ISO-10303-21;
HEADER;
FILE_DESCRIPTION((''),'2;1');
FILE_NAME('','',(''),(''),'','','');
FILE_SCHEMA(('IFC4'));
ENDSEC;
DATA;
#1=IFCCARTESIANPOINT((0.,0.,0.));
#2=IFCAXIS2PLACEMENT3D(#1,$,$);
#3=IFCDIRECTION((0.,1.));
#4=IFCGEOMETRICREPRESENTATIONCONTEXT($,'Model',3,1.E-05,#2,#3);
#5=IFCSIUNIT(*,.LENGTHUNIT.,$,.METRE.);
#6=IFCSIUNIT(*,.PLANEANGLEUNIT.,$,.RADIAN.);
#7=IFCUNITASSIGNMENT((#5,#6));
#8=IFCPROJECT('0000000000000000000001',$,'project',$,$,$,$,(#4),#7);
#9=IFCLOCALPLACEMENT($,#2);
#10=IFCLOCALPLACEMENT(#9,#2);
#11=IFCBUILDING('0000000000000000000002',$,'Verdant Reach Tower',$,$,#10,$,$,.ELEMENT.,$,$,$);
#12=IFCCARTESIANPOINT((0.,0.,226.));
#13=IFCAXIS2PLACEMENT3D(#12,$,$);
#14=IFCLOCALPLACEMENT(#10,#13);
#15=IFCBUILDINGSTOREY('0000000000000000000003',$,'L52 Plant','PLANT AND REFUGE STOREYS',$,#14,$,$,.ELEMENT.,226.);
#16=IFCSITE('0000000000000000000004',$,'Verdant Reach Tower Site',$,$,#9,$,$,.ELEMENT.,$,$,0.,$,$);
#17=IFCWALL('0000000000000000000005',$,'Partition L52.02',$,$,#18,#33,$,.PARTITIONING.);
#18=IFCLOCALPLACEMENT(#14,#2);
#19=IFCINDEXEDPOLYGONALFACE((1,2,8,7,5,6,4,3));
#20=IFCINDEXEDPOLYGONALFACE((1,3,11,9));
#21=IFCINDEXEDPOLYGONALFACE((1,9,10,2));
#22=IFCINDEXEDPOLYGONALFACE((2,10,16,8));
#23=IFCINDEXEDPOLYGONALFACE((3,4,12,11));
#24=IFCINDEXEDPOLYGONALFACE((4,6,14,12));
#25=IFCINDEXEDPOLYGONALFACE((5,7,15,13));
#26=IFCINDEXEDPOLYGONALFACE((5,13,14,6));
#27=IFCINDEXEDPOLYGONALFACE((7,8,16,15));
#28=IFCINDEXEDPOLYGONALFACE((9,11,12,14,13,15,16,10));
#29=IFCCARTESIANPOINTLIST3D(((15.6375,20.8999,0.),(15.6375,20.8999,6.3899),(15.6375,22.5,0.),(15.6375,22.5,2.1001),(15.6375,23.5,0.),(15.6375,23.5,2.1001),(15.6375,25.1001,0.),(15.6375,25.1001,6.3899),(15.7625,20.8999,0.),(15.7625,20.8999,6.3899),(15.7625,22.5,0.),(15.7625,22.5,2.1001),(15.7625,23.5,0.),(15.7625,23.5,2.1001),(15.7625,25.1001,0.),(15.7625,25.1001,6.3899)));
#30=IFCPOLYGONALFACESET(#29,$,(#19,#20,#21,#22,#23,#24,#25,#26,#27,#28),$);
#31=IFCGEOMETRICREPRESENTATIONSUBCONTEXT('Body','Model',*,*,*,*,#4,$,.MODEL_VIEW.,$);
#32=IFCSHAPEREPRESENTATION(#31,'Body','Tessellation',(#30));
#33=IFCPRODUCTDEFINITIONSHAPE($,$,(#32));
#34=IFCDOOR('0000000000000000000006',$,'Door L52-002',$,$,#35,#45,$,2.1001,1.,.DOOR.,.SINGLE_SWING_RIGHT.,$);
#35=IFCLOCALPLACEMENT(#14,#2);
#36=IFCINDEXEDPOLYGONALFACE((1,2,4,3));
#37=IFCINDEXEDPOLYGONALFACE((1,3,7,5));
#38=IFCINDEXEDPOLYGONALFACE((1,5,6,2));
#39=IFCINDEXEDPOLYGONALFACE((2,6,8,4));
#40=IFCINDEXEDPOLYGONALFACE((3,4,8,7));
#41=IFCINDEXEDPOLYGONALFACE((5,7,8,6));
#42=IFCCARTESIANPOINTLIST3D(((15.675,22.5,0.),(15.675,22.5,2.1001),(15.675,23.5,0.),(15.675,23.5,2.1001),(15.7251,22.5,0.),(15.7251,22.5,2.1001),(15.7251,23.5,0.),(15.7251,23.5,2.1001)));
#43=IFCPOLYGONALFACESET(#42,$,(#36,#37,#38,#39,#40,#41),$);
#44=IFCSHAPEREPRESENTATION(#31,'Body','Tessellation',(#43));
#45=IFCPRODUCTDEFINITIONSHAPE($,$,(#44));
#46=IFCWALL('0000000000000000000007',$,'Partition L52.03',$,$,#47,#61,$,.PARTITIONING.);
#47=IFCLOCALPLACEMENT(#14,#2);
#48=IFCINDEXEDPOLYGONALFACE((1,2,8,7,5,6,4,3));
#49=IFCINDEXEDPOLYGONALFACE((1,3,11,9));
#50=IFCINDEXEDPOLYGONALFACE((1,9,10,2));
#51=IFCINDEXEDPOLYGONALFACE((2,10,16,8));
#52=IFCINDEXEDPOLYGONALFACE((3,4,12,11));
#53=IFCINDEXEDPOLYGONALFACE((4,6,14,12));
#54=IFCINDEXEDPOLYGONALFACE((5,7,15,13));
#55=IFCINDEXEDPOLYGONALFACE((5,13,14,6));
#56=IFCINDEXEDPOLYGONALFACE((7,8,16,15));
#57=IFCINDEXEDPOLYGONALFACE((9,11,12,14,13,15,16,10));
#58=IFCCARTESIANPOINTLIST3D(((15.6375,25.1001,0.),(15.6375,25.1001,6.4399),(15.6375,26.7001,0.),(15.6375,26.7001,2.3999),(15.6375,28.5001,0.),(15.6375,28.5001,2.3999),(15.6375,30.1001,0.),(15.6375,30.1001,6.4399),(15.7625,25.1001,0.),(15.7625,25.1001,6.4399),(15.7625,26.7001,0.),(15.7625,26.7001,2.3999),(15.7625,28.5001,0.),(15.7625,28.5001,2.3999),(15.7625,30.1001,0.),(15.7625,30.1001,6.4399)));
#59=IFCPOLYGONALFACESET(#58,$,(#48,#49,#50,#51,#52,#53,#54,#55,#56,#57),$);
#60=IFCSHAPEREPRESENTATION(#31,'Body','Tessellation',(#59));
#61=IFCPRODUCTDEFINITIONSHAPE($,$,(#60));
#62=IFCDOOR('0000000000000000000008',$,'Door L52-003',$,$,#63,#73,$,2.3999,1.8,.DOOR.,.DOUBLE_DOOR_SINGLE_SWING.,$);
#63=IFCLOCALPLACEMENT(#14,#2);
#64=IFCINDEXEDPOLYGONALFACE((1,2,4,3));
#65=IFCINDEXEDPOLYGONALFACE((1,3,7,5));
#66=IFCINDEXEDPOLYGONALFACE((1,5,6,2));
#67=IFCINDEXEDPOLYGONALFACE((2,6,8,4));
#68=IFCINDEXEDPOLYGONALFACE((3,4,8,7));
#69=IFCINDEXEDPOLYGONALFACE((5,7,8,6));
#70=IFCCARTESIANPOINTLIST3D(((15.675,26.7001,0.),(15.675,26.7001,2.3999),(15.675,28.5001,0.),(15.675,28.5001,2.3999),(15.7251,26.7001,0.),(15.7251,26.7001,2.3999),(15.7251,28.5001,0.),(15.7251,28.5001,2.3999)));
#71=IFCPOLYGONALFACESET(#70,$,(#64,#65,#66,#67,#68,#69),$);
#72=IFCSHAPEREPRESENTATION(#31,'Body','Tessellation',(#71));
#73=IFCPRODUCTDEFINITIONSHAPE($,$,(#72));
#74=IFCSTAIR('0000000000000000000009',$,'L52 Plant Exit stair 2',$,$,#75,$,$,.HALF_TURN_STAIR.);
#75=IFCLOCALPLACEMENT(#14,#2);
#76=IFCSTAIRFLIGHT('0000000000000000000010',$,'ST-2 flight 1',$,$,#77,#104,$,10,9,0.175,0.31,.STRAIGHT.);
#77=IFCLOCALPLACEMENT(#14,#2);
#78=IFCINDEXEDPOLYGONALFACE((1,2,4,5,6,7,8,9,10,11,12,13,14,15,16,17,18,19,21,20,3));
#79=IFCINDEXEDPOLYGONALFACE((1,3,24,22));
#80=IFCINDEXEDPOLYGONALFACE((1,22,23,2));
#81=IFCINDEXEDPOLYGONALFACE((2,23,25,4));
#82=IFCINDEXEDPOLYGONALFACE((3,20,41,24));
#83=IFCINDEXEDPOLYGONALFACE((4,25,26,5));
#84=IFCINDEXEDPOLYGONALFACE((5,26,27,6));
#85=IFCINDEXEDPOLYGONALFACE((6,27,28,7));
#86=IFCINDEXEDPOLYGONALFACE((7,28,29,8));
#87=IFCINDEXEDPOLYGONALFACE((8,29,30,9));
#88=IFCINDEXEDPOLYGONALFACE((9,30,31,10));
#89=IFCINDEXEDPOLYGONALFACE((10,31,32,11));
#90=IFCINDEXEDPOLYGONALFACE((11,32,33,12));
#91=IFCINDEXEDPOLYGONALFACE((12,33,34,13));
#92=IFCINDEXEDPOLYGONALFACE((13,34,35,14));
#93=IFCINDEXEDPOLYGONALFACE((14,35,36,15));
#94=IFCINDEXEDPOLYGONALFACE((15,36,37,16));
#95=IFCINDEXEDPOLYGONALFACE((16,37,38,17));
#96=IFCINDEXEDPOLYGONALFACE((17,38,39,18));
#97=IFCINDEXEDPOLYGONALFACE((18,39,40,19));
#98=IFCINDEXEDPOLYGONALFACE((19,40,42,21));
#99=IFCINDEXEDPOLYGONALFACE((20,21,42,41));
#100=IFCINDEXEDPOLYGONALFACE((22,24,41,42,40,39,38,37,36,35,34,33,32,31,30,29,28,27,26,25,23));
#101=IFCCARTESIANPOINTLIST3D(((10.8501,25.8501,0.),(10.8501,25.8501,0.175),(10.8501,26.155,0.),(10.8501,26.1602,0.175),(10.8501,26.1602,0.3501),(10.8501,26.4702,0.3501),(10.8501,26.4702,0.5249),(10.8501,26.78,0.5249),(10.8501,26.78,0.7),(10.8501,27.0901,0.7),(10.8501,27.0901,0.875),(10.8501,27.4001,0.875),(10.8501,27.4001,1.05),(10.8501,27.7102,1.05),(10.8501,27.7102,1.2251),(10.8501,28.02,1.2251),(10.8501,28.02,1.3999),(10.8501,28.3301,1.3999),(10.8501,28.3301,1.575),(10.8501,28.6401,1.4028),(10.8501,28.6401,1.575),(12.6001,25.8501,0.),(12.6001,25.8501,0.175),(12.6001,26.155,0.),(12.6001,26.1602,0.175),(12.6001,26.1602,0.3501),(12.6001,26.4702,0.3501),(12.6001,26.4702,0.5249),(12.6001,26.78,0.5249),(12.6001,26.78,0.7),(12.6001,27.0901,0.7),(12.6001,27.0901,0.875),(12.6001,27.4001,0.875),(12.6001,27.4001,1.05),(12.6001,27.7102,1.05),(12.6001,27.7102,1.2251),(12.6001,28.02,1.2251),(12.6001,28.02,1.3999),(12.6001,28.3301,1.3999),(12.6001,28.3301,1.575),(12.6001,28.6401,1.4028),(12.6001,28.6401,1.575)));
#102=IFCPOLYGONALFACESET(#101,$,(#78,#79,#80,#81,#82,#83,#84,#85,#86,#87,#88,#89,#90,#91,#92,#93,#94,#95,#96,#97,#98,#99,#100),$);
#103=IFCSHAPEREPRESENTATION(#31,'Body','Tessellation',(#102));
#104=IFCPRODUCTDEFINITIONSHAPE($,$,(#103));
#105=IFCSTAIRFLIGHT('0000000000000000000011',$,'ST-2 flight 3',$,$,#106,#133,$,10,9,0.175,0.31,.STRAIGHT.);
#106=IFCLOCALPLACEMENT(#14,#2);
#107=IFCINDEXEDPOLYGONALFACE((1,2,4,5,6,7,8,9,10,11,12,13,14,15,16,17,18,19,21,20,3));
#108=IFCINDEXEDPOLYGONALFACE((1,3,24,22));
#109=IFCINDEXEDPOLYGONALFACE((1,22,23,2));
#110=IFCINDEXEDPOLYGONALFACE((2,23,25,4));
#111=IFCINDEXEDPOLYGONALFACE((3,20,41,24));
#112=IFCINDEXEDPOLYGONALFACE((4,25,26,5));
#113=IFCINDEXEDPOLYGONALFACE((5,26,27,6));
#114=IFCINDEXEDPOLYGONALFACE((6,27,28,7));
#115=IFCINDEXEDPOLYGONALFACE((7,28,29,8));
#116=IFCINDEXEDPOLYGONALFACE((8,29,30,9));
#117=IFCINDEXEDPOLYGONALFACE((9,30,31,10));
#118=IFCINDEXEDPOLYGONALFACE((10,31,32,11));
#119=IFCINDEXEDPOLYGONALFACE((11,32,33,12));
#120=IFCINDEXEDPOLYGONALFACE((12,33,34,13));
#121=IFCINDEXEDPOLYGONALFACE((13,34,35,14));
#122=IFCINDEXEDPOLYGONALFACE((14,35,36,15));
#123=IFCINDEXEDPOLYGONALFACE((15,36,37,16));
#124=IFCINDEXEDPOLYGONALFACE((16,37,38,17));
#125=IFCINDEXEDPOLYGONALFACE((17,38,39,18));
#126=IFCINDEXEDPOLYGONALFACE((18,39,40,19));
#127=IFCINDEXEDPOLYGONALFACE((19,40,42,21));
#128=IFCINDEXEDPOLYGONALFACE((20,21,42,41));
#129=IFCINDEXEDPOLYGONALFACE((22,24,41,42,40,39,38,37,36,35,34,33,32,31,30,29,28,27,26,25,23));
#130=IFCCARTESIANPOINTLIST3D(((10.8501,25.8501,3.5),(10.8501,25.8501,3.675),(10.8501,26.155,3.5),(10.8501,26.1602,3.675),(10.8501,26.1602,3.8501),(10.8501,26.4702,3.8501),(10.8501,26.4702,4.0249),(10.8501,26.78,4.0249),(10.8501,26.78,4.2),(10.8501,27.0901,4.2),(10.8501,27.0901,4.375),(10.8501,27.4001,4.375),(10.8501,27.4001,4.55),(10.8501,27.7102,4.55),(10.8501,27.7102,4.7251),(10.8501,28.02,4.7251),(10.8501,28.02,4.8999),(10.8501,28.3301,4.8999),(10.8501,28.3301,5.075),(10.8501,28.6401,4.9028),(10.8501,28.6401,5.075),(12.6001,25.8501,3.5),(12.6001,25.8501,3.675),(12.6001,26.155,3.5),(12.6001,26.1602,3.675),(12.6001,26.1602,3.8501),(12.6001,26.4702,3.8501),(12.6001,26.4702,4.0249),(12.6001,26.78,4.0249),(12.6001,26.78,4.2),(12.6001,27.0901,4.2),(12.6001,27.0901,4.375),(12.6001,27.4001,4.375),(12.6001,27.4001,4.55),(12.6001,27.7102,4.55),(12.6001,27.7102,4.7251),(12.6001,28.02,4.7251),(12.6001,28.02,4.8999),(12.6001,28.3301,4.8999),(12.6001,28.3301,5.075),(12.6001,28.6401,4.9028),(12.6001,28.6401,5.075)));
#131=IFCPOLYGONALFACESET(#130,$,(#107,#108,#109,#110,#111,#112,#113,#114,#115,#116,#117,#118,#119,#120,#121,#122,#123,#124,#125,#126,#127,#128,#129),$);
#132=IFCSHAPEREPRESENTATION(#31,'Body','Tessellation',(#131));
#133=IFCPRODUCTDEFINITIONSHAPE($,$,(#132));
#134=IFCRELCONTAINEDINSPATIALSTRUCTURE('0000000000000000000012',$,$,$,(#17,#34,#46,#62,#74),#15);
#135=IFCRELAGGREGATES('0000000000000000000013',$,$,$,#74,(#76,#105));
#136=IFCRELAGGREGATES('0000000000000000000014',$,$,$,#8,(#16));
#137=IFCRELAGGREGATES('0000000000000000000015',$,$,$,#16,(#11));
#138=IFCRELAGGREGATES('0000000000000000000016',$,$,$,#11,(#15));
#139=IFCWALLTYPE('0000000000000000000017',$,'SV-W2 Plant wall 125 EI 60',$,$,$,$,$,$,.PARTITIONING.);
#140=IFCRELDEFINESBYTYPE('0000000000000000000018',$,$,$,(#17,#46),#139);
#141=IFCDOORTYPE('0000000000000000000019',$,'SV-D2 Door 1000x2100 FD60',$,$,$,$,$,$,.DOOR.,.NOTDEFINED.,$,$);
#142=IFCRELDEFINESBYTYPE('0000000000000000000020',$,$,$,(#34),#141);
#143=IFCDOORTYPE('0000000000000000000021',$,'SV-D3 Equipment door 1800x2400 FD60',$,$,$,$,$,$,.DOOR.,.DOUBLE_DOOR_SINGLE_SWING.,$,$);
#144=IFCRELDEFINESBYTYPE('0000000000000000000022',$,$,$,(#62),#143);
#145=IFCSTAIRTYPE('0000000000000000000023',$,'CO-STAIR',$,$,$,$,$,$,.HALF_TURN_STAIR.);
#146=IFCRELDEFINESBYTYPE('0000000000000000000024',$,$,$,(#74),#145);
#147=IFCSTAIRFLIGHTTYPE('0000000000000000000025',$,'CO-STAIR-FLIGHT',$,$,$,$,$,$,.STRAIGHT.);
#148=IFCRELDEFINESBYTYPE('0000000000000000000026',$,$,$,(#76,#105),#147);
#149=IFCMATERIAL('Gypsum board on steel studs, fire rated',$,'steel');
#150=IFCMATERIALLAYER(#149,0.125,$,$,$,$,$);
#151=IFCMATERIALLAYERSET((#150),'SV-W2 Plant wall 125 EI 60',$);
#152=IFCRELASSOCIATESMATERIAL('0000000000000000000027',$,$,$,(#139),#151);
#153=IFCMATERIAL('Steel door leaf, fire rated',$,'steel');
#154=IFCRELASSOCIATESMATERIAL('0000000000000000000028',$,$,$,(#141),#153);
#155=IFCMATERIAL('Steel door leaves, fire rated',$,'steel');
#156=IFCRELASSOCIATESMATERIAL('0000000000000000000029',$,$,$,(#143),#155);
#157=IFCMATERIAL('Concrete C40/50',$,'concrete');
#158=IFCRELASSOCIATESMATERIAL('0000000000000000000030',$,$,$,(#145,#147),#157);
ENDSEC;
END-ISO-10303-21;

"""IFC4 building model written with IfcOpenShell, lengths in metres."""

from ifc_helpers import new_model, si_unit, direction, frame, frame_2d, origin, place, context, subcontext, project, spatial, polyline, rectangle, outline, extrude, material, layer, layer_set, type_object, element, fill, aggregate, save


model = new_model("IFC4")

# Units and contexts
model_context = context("Model", 3, precision=1e-05, world=origin(), true_north=direction((0.0, 1.0)))
body_context = subcontext(model_context, "Body", "Model", "MODEL_VIEW")
ifc_project = project(units=[si_unit("LENGTHUNIT", "METRE"), si_unit("PLANEANGLEUNIT", "RADIAN")], contexts=[model_context])

# Site, building, storey
site_placement = place(None, origin())
site = spatial("IfcSite", under=ifc_project, at=site_placement, Name="Verdant Reach Tower Site", CompositionType="ELEMENT", RefElevation=0.0)
building_placement = place(site_placement, origin())
building = spatial("IfcBuilding", under=site, at=building_placement, Name="Verdant Reach Tower", CompositionType="ELEMENT")
storey_placement = place(building_placement, frame((0.0, 0.0, 226.0)))
storey = spatial("IfcBuildingStorey", under=building, at=storey_placement, Name="L52 Plant", Description="PLANT AND REFUGE STOREYS", CompositionType="ELEMENT", Elevation=226.0)

# Shared definitions
ifc_material_1 = material(Name="Concrete C40/50", Category="concrete")

# Walls, openings, doors
ifc_material_2 = material(Name="Gypsum board on steel studs, fire rated", Category="steel")
ifc_layer_1 = layer(ifc_material_2, 0.125)
ifc_layer_set_1 = layer_set([ifc_layer_1], Name="SV-W2 Plant wall 125 EI 60")
wall_type_1 = type_object("IfcWallType", Name="SV-W2 Plant wall 125 EI 60", PredefinedType="PARTITIONING", material=ifc_layer_set_1)
wall_1_placement = place(storey_placement, frame((15.7, 20.8999, 0.0), z_axis=(0.0, 0.0, 1.0), x_axis=(0.0, 1.0, 0.0)))
wall_1 = element("IfcWall", 1, at=wall_1_placement, inside=storey, type_object=wall_type_1, Name="Partition L52.02", PredefinedType="PARTITIONING", context=body_context, shape_type="SweptSolid", body=[
    extrude(rectangle(XDim=4.2002, YDim=0.125, at=frame_2d((2.1001, 0.0))), origin(), (0.0, 0.0, 1.0), 6.3899),
])
opening_1_placement = place(wall_1_placement, frame((1.6001, 0.0, 0.0)))
opening_1 = element("IfcOpeningElement", 2, at=opening_1_placement, cuts=wall_1, PredefinedType="OPENING", context=body_context, shape_type="SweptSolid", body=[
    extrude(rectangle(XDim=1.0, YDim=2.1001, at=frame_2d((0.5, 1.05))), frame((0.0, 0.0725, 0.0), z_axis=(0.0, -1.0, 0.0), x_axis=(1.0, 0.0, 0.0)), (0.0, 0.0, 1.0), 0.145),
])
ifc_material_3 = material(Name="Steel door leaf, fire rated", Category="steel")
door_type_1 = type_object("IfcDoorType", Name="SV-D2 Door 1000x2100 FD60", OperationType="NOTDEFINED", PredefinedType="DOOR", material=ifc_material_3)
door_1_placement = place(opening_1_placement, origin())
door_1 = element("IfcDoor", 3, at=door_1_placement, inside=storey, type_object=door_type_1, Name="Door L52-002", OperationType="SINGLE_SWING_RIGHT", OverallHeight=2.1001, OverallWidth=1.0, PredefinedType="DOOR", context=body_context, shape_type="SweptSolid", body=[
    extrude(rectangle(XDim=1.0, YDim=2.1001, at=frame_2d((0.5, 1.05))), frame((0.0, 0.0249, 0.0), z_axis=(0.0, -1.0, 0.0), x_axis=(1.0, 0.0, 0.0)), (0.0, 0.0, 1.0), 0.05),
])
fill(opening_1, door_1)
wall_2_placement = place(storey_placement, frame((15.7, 25.1001, 0.0), z_axis=(0.0, 0.0, 1.0), x_axis=(0.0, 1.0, 0.0)))
wall_2 = element("IfcWall", 4, at=wall_2_placement, inside=storey, type_object=wall_type_1, Name="Partition L52.03", PredefinedType="PARTITIONING", context=body_context, shape_type="SweptSolid", body=[
    extrude(rectangle(XDim=5.0, YDim=0.125, at=frame_2d((2.5, 0.0))), origin(), (0.0, 0.0, 1.0), 6.4399),
])
opening_2_placement = place(wall_2_placement, frame((1.6001, 0.0, 0.0)))
opening_2 = element("IfcOpeningElement", 5, at=opening_2_placement, cuts=wall_2, PredefinedType="OPENING", context=body_context, shape_type="SweptSolid", body=[
    extrude(rectangle(XDim=1.8, YDim=2.3999, at=frame_2d((0.8999, 1.2))), frame((0.0, 0.0725, 0.0), z_axis=(0.0, -1.0, 0.0), x_axis=(1.0, 0.0, 0.0)), (0.0, 0.0, 1.0), 0.145),
])
ifc_material_4 = material(Name="Steel door leaves, fire rated", Category="steel")
door_type_2 = type_object("IfcDoorType", Name="SV-D3 Equipment door 1800x2400 FD60", OperationType="DOUBLE_DOOR_SINGLE_SWING", PredefinedType="DOOR", material=ifc_material_4)
door_2_placement = place(opening_2_placement, origin())
door_2 = element("IfcDoor", 6, at=door_2_placement, inside=storey, type_object=door_type_2, Name="Door L52-003", OperationType="DOUBLE_DOOR_SINGLE_SWING", OverallHeight=2.3999, OverallWidth=1.8, PredefinedType="DOOR", context=body_context, shape_type="SweptSolid", body=[
    extrude(rectangle(XDim=1.8, YDim=2.3999, at=frame_2d((0.8999, 1.2))), frame((0.0, 0.0249, 0.0), z_axis=(0.0, -1.0, 0.0), x_axis=(1.0, 0.0, 0.0)), (0.0, 0.0, 1.0), 0.05),
])
fill(opening_2, door_2)

# Stair, stair flights
stair_type = type_object("IfcStairType", Name="CO-STAIR", PredefinedType="HALF_TURN_STAIR", material=ifc_material_1)
stair_placement = place(storey_placement, origin())
stair = element("IfcStair", 7, at=stair_placement, inside=storey, type_object=stair_type, Name="L52 Plant Exit stair 2", PredefinedType="HALF_TURN_STAIR")
stair_flight_type = type_object("IfcStairFlightType", Name="CO-STAIR-FLIGHT", PredefinedType="STRAIGHT", material=ifc_material_1)
stair_flight_1_placement = place(storey_placement, frame((11.7251, 25.8501, 0.0), z_axis=(0.0, 0.0, 1.0), x_axis=(0.0, 1.0, 0.0)))
stair_flight_1 = element("IfcStairFlight", 8, at=stair_flight_1_placement, type_object=stair_flight_type, Name="ST-2 flight 1", NumberOfRisers=10, NumberOfTreads=9, PredefinedType="STRAIGHT", RiserHeight=0.175, TreadLength=0.31, context=body_context, shape_type="SweptSolid", body=[
    extrude(outline(polyline([(0.0, 0.0), (0.0, 0.175), (0.3101, 0.175), (0.3101, 0.3501), (0.6201, 0.3501), (0.6201, 0.5249), (0.9299, 0.5249), (0.9299, 0.7), (1.24, 0.7), (1.24, 0.875), (1.55, 0.875), (1.55, 1.05), (1.8601, 1.05), (1.8601, 1.2251), (2.1699, 1.2251), (2.1699, 1.3999), (2.48, 1.3999), (2.48, 1.575), (2.79, 1.575), (2.79, 1.75), (2.79, 1.4028), (0.3049, 0.0), (0.0, 0.0)])), frame((0.0, 0.875, 0.0), z_axis=(0.0, -1.0, 0.0), x_axis=(1.0, 0.0, 0.0)), (0.0, 0.0, 1.0), 1.75),
])
stair_flight_2_placement = place(storey_placement, frame((11.7251, 25.8501, 3.5), z_axis=(0.0, 0.0, 1.0), x_axis=(0.0, 1.0, 0.0)))
stair_flight_2 = element("IfcStairFlight", 9, at=stair_flight_2_placement, type_object=stair_flight_type, Name="ST-2 flight 3", NumberOfRisers=10, NumberOfTreads=9, PredefinedType="STRAIGHT", RiserHeight=0.175, TreadLength=0.31, context=body_context, shape_type="SweptSolid", body=[
    extrude(outline(polyline([(0.0, 0.0), (0.0, 0.175), (0.3101, 0.175), (0.3101, 0.3501), (0.6201, 0.3501), (0.6201, 0.5249), (0.9299, 0.5249), (0.9299, 0.7), (1.24, 0.7), (1.24, 0.875), (1.55, 0.875), (1.55, 1.05), (1.8601, 1.05), (1.8601, 1.2251), (2.1699, 1.2251), (2.1699, 1.3999), (2.48, 1.3999), (2.48, 1.575), (2.79, 1.575), (2.79, 1.75), (2.79, 1.4028), (0.3049, 0.0), (0.0, 0.0)])), frame((0.0, 0.875, 0.0), z_axis=(0.0, -1.0, 0.0), x_axis=(1.0, 0.0, 0.0)), (0.0, 0.0, 1.0), 1.75),
])
aggregate(stair, [stair_flight_1, stair_flight_2])

save(model, "model.ifc")
